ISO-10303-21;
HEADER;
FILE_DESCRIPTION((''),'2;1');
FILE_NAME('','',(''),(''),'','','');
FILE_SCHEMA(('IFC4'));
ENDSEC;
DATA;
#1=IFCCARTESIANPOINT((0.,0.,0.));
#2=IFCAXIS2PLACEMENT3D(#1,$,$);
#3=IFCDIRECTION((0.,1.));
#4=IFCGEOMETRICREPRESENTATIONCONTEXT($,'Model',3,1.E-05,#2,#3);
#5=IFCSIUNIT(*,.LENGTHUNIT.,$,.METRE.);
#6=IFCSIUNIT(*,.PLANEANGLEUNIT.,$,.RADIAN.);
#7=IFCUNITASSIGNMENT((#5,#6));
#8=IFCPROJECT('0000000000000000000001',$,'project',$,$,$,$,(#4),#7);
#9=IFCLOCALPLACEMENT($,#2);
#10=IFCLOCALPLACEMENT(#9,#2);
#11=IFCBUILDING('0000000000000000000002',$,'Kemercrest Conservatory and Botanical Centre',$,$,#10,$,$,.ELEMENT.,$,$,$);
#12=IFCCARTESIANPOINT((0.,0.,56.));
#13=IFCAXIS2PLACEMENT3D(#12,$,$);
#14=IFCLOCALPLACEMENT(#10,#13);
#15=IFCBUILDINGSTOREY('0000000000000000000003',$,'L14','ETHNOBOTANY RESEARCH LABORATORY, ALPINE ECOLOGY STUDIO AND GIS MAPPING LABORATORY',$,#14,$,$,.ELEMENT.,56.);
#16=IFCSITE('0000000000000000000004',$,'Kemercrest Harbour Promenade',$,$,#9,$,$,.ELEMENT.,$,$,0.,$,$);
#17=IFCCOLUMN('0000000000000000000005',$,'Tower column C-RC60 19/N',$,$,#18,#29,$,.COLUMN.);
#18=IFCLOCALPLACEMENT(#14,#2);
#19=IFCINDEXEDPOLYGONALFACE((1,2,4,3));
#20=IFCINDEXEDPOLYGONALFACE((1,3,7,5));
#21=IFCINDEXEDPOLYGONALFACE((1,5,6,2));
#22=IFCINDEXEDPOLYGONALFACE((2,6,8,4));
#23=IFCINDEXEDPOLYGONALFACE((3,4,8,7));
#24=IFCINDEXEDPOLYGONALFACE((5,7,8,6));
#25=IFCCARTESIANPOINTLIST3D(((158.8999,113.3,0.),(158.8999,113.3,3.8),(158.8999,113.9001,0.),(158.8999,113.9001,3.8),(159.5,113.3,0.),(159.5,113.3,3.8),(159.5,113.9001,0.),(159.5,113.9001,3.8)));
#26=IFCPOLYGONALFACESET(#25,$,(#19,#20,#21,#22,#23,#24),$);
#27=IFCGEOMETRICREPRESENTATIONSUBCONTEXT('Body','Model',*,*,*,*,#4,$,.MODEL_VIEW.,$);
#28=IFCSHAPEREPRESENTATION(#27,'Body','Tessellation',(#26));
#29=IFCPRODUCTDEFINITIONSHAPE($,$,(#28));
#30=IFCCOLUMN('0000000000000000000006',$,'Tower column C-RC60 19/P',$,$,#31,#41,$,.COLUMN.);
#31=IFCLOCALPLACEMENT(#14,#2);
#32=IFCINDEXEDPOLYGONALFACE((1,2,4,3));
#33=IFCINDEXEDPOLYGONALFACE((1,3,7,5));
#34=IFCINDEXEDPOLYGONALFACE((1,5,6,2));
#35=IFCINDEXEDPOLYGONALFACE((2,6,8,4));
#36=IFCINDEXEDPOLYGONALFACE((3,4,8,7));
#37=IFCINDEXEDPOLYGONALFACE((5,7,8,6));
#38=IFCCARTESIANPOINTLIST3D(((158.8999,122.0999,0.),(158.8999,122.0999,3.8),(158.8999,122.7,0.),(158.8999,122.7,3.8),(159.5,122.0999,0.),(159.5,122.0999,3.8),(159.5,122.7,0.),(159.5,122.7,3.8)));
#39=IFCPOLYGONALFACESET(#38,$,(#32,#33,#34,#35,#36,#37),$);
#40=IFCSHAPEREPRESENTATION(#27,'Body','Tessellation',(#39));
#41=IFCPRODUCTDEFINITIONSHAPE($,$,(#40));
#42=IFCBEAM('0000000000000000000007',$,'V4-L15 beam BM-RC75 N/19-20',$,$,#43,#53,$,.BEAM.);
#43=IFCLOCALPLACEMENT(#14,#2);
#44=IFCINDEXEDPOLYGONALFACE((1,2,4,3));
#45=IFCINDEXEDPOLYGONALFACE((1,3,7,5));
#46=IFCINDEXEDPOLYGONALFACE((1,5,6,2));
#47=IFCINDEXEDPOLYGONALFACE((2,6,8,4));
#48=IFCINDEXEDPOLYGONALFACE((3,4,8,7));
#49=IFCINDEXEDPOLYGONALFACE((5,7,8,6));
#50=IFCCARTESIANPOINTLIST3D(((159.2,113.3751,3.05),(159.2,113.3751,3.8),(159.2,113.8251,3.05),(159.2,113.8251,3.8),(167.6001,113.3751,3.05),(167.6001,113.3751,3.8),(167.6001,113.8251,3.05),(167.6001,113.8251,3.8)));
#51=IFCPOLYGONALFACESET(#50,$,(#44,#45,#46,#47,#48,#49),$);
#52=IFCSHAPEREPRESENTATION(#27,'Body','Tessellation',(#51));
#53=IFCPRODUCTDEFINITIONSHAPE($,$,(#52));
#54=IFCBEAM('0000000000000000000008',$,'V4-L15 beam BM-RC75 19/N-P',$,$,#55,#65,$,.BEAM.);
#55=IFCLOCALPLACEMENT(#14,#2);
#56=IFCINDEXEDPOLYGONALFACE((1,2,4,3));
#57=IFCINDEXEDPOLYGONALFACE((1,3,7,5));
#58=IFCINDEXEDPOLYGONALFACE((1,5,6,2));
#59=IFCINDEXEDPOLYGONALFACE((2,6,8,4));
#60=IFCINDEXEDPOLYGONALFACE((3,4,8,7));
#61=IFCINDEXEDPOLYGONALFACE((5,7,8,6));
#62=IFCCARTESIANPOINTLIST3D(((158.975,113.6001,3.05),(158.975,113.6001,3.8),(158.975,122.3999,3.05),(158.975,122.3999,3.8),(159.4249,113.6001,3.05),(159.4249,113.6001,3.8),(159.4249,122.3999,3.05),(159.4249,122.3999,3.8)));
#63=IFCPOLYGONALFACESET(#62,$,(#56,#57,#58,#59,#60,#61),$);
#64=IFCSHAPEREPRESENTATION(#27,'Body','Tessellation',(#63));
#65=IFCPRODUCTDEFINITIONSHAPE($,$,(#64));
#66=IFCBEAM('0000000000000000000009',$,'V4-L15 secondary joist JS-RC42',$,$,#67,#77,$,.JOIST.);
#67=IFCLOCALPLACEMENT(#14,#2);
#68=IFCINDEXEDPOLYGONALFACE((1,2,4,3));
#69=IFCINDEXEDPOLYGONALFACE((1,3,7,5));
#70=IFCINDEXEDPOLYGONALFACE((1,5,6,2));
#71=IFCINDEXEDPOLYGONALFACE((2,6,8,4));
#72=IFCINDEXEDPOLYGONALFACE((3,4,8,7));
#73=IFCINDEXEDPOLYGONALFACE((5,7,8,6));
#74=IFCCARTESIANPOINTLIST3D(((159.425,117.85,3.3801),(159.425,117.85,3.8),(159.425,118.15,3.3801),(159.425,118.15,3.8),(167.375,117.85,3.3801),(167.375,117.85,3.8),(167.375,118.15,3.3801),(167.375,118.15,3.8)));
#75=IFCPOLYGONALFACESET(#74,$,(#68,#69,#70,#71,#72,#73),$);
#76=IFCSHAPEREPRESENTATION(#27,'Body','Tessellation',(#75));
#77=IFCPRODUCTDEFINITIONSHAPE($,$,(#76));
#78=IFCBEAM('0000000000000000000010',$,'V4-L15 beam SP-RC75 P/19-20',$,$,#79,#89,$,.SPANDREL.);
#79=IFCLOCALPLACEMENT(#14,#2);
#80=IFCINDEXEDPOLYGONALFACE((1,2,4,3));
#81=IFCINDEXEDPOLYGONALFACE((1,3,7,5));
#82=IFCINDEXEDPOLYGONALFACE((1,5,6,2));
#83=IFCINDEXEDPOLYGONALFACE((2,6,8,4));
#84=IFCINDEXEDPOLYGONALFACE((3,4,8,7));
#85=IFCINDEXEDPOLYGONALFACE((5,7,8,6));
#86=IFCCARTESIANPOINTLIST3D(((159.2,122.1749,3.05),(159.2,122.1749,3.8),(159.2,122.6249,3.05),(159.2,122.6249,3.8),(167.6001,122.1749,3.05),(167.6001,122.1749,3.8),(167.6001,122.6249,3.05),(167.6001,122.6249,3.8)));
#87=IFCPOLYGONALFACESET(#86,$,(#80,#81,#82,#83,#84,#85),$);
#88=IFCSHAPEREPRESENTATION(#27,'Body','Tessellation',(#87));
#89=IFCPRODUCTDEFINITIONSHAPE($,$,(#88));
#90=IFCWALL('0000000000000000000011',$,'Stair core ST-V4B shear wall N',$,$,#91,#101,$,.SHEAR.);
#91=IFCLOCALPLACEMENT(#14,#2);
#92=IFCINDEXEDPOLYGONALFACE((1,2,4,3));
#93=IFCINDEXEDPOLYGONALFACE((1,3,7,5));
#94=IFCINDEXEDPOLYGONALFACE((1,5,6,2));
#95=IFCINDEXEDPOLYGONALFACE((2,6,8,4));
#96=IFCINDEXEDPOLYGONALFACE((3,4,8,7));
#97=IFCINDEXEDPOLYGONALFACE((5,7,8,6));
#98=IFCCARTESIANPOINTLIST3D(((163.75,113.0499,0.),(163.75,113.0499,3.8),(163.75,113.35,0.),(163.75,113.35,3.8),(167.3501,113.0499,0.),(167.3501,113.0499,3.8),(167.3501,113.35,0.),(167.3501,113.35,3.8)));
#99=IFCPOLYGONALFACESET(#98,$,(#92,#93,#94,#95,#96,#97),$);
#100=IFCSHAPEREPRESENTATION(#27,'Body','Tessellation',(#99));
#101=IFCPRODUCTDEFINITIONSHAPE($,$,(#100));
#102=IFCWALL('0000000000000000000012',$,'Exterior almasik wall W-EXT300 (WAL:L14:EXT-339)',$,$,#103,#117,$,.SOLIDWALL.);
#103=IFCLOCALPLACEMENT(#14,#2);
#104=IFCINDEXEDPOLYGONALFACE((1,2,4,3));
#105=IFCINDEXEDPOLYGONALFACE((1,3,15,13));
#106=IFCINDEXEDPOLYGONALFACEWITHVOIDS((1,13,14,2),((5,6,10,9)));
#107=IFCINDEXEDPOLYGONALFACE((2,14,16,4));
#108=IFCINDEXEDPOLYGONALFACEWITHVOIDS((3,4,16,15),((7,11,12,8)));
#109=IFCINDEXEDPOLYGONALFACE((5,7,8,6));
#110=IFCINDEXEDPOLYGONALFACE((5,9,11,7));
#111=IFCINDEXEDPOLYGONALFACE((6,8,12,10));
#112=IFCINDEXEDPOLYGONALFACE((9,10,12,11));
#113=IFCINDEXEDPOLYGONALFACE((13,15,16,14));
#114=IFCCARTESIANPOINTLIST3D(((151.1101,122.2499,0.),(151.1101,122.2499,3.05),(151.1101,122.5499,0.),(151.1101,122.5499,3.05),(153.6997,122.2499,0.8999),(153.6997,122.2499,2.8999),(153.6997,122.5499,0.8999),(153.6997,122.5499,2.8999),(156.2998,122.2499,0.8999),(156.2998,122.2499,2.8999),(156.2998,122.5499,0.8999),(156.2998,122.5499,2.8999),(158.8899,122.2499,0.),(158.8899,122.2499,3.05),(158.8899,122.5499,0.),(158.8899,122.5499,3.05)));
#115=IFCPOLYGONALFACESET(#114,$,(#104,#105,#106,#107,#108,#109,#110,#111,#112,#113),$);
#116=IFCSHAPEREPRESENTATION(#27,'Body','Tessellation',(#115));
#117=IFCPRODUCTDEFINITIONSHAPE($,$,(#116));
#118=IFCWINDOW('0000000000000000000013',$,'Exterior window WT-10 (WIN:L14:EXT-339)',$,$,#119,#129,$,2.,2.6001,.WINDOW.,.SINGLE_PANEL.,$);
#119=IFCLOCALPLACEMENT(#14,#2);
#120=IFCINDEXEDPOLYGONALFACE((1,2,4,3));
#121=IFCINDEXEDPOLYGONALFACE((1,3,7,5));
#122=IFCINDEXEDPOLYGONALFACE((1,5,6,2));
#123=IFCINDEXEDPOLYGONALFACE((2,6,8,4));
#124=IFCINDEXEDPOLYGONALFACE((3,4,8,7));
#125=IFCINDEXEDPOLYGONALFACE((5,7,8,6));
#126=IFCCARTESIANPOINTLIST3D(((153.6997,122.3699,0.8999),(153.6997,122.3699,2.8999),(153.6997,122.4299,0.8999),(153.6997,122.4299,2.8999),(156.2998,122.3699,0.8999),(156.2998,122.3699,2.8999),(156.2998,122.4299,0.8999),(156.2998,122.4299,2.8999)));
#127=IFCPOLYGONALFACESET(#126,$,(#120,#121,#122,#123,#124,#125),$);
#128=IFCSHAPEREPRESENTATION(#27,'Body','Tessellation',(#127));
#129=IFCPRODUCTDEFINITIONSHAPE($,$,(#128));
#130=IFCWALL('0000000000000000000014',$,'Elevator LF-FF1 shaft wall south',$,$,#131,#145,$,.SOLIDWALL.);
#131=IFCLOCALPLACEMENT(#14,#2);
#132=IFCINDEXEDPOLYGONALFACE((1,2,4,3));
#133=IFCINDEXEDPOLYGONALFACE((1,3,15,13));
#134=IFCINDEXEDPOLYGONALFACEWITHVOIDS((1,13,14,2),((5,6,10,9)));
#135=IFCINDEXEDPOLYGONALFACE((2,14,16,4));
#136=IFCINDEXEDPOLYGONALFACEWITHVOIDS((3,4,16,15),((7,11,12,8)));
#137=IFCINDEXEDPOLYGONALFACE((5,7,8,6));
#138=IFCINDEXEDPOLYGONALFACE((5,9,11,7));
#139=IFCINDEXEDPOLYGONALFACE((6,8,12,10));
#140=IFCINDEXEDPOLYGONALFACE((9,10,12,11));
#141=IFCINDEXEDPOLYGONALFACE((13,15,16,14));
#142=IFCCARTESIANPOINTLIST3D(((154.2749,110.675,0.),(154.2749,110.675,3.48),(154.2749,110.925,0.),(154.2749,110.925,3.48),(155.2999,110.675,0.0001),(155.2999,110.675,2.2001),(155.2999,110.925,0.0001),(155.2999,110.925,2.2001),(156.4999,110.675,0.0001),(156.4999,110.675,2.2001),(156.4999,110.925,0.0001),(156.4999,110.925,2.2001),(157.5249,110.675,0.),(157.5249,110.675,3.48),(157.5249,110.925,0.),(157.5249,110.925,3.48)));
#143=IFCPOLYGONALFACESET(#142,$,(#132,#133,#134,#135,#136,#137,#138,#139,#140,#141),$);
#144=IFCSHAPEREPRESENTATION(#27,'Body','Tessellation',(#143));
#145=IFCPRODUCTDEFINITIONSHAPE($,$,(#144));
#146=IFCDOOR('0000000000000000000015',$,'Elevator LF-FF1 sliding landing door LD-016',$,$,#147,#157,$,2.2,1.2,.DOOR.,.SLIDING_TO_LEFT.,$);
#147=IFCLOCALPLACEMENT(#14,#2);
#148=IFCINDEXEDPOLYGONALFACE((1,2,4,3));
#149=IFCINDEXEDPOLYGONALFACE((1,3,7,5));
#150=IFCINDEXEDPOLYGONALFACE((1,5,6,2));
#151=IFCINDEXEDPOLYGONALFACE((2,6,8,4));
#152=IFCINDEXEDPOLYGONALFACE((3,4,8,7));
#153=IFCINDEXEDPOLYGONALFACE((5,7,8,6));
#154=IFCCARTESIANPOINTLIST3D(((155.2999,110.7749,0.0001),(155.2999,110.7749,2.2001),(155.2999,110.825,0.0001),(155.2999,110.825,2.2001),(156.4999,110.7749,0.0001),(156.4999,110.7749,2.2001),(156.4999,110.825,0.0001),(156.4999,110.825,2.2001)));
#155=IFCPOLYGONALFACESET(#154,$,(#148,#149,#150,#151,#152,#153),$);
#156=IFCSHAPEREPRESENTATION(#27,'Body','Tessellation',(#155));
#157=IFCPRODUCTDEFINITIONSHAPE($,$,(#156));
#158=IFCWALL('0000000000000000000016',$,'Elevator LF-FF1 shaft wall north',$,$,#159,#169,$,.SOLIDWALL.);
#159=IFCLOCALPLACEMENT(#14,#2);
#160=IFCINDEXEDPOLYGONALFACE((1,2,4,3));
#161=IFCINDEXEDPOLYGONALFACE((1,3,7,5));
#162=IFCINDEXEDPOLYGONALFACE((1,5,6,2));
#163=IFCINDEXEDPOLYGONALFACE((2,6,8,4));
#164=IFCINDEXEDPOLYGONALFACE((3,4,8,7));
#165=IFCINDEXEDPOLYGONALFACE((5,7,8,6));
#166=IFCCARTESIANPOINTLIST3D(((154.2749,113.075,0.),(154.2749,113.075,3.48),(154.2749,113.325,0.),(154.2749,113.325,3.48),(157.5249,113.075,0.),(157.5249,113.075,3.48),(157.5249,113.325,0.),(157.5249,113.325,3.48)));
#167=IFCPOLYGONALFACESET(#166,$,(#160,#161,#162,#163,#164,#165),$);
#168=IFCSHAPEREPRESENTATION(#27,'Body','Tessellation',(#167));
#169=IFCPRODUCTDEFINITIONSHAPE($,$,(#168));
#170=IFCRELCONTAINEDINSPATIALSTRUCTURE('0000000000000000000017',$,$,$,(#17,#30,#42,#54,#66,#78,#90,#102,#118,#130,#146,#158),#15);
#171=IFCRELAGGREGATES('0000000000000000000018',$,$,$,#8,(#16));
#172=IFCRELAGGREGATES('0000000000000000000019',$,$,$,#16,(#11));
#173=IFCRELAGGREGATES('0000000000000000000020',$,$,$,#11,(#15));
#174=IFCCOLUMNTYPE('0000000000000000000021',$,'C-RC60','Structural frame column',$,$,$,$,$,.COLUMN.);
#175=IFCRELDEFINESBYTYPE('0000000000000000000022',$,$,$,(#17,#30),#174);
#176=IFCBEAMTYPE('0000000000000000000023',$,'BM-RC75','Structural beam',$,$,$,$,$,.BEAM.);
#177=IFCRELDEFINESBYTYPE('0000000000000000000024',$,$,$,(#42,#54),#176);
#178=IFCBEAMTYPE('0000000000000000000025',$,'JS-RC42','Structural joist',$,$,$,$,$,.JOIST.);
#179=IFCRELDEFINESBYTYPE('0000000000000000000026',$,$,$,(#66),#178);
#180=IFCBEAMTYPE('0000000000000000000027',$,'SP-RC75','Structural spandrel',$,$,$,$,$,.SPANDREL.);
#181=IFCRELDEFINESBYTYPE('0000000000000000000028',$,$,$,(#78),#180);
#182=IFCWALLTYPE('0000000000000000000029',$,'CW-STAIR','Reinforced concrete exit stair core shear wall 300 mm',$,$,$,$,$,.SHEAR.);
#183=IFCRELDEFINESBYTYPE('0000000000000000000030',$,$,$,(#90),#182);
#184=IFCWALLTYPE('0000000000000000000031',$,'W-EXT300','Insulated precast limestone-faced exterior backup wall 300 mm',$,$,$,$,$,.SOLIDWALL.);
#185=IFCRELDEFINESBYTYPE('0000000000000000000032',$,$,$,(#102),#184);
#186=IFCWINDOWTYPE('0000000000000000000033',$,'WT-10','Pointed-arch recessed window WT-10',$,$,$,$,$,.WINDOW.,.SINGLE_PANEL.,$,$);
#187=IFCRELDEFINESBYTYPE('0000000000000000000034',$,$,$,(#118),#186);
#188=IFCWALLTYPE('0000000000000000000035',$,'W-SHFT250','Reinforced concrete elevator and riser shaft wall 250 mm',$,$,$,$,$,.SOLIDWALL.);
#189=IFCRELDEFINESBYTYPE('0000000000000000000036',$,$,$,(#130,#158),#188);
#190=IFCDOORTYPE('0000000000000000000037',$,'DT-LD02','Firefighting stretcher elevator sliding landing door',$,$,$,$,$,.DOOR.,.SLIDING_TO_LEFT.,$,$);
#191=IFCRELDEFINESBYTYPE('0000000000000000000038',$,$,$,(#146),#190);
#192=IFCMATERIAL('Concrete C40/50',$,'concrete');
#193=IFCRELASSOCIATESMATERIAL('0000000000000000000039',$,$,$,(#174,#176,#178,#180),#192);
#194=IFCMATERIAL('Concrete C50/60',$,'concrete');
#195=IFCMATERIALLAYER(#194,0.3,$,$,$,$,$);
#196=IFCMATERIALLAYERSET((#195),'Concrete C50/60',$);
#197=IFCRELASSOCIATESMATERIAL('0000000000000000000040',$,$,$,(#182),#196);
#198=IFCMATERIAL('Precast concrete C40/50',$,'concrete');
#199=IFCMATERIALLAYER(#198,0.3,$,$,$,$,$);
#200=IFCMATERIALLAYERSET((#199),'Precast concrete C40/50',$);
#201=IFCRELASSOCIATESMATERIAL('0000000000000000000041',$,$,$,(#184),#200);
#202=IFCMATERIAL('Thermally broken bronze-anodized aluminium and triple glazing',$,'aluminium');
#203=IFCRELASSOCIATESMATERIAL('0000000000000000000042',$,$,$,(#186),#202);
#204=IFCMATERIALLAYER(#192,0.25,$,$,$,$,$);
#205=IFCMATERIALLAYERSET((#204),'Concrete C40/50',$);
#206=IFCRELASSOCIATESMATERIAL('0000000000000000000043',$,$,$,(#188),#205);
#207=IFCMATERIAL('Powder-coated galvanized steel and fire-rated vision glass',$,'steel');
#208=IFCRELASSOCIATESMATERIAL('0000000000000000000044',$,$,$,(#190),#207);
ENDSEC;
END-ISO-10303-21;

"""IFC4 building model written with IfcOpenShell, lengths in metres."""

from ifc_helpers import new_model, si_unit, direction, frame, frame_2d, origin, origin_2d, place, context, subcontext, project, spatial, rectangle, extrude, material, layer, layer_set, material_profile, profile_set, type_object, element, fill, save


model = new_model("IFC4")

# Units and contexts
model_context = context("Model", 3, precision=1e-05, world=origin(), true_north=direction((0.0, 1.0)))
body_context = subcontext(model_context, "Body", "Model", "MODEL_VIEW")
ifc_project = project(units=[si_unit("LENGTHUNIT", "METRE"), si_unit("PLANEANGLEUNIT", "RADIAN")], contexts=[model_context])

# Site, building, storey
site_placement = place(None, origin())
site = spatial("IfcSite", under=ifc_project, at=site_placement, Name="Kemercrest Harbour Promenade", CompositionType="ELEMENT", RefElevation=0.0)
building_placement = place(site_placement, origin())
building = spatial("IfcBuilding", under=site, at=building_placement, Name="Kemercrest Conservatory and Botanical Centre", CompositionType="ELEMENT")
storey_placement = place(building_placement, frame((0.0, 0.0, 56.0)))
storey = spatial("IfcBuildingStorey", under=building, at=storey_placement, Name="L14", Description="ETHNOBOTANY RESEARCH LABORATORY, ALPINE ECOLOGY STUDIO AND GIS MAPPING LABORATORY", CompositionType="ELEMENT", Elevation=56.0)

# Columns
ifc_material_1 = material(Name="Concrete C40/50", Category="concrete")
ifc_material_profile_1 = material_profile(ifc_material_1, rectangle(XDim=0.6001, YDim=0.6001, at=origin_2d()), Name="RC 600x600")
ifc_profile_set_1 = profile_set([ifc_material_profile_1], Name="Concrete C40/50")
column_type = type_object("IfcColumnType", Name="C-RC60", Description="Structural frame column", PredefinedType="COLUMN", material=ifc_profile_set_1)
for number, where, z_axis, x_axis, name in (
    (1, (159.2, 113.6001, 0.0), (0.0, 0.0, 1.0), (1.0, 0.0, 0.0), "Tower column C-RC60 19/N"),
    (2, (159.2, 122.3999, 0.0), (0.0, 0.0, 1.0), (1.0, 0.0, 0.0), "Tower column C-RC60 19/P"),
):
    element("IfcColumn", number, at=place(storey_placement, frame(where, z_axis=z_axis, x_axis=x_axis)), inside=storey, type_object=column_type, Name=name, PredefinedType="COLUMN", context=body_context, shape_type="SweptSolid", body=[
        extrude(rectangle(XDim=0.6001, YDim=0.6001, at=origin_2d()), origin(), (0.0, 0.0, 1.0), 3.8),
    ])

# Beams
ifc_material_profile_2 = material_profile(ifc_material_1, rectangle(XDim=0.45, YDim=0.75, at=origin_2d()), Name="RC 450x750")
ifc_profile_set_2 = profile_set([ifc_material_profile_2], Name="Concrete C40/50")
beam_type_1 = type_object("IfcBeamType", Name="BM-RC75", Description="Structural beam", PredefinedType="BEAM", material=ifc_profile_set_2)
beam_1_placement = place(storey_placement, frame((159.2, 113.6001, 3.425), z_axis=(1.0, 0.0, 0.0), x_axis=(0.0, 1.0, 0.0)))
element("IfcBeam", 3, at=beam_1_placement, inside=storey, type_object=beam_type_1, Name="V4-L15 beam BM-RC75 N/19-20", PredefinedType="BEAM", context=body_context, shape_type="SweptSolid", body=[
    extrude(rectangle(XDim=0.45, YDim=0.75, at=origin_2d()), origin(), (0.0, 0.0, 1.0), 8.4001),
])
beam_2_placement = place(storey_placement, frame((159.2, 113.6001, 3.425), z_axis=(0.0, 1.0, 0.0), x_axis=(-1.0, 0.0, 0.0)))
element("IfcBeam", 4, at=beam_2_placement, inside=storey, type_object=beam_type_1, Name="V4-L15 beam BM-RC75 19/N-P", PredefinedType="BEAM", context=body_context, shape_type="SweptSolid", body=[
    extrude(rectangle(XDim=0.45, YDim=0.75, at=origin_2d()), origin(), (0.0, 0.0, 1.0), 8.7998),
])
ifc_material_profile_3 = material_profile(ifc_material_1, rectangle(XDim=0.3, YDim=0.4199, at=origin_2d()), Name="RC 300x420")
ifc_profile_set_3 = profile_set([ifc_material_profile_3], Name="Concrete C40/50")
beam_type_2 = type_object("IfcBeamType", Name="JS-RC42", Description="Structural joist", PredefinedType="JOIST", material=ifc_profile_set_3)
beam_3_placement = place(storey_placement, frame((159.425, 118.0, 3.5901), z_axis=(1.0, 0.0, 0.0), x_axis=(0.0, 1.0, 0.0)))
element("IfcBeam", 5, at=beam_3_placement, inside=storey, type_object=beam_type_2, Name="V4-L15 secondary joist JS-RC42", PredefinedType="JOIST", context=body_context, shape_type="SweptSolid", body=[
    extrude(rectangle(XDim=0.3, YDim=0.4199, at=origin_2d()), origin(), (0.0, 0.0, 1.0), 7.95),
])
ifc_material_profile_4 = material_profile(ifc_material_1, rectangle(XDim=0.45, YDim=0.75, at=origin_2d()), Name="RC 450x750")
ifc_profile_set_4 = profile_set([ifc_material_profile_4], Name="Concrete C40/50")
beam_type_3 = type_object("IfcBeamType", Name="SP-RC75", Description="Structural spandrel", PredefinedType="SPANDREL", material=ifc_profile_set_4)
beam_4_placement = place(storey_placement, frame((159.2, 122.3999, 3.425), z_axis=(1.0, 0.0, 0.0), x_axis=(0.0, 1.0, 0.0)))
element("IfcBeam", 6, at=beam_4_placement, inside=storey, type_object=beam_type_3, Name="V4-L15 beam SP-RC75 P/19-20", PredefinedType="SPANDREL", context=body_context, shape_type="SweptSolid", body=[
    extrude(rectangle(XDim=0.45, YDim=0.75, at=origin_2d()), origin(), (0.0, 0.0, 1.0), 8.4001),
])

# Wall
ifc_material_2 = material(Name="Concrete C50/60", Category="concrete")
ifc_layer_1 = layer(ifc_material_2, 0.3)
ifc_layer_set_1 = layer_set([ifc_layer_1], Name="Concrete C50/60")
wall_type_1 = type_object("IfcWallType", Name="CW-STAIR", Description="Reinforced concrete exit stair core shear wall 300 mm", PredefinedType="SHEAR", material=ifc_layer_set_1)
wall_1_placement = place(storey_placement, frame((163.75, 113.2, 0.0), z_axis=(0.0, 0.0, 1.0), x_axis=(1.0, 0.0, 0.0)))
element("IfcWall", 7, at=wall_1_placement, inside=storey, type_object=wall_type_1, Name="Stair core ST-V4B shear wall N", PredefinedType="SHEAR", context=body_context, shape_type="SweptSolid", body=[
    extrude(rectangle(XDim=3.6001, YDim=0.3, at=frame_2d((1.8, 0.0))), origin(), (0.0, 0.0, 1.0), 3.8),
])

# Wall, opening, window
ifc_material_3 = material(Name="Precast concrete C40/50", Category="concrete")
ifc_layer_2 = layer(ifc_material_3, 0.3)
ifc_layer_set_2 = layer_set([ifc_layer_2], Name="Precast concrete C40/50")
wall_type_2 = type_object("IfcWallType", Name="W-EXT300", Description="Insulated precast limestone-faced exterior backup wall 300 mm", PredefinedType="SOLIDWALL", material=ifc_layer_set_2)
wall_2_placement = place(storey_placement, frame((158.8899, 122.3999, 0.0), z_axis=(0.0, 0.0, 1.0), x_axis=(-1.0, 0.0, 0.0)))
wall_2 = element("IfcWall", 8, at=wall_2_placement, inside=storey, type_object=wall_type_2, Name="Exterior almasik wall W-EXT300 (WAL:L14:EXT-339)", PredefinedType="SOLIDWALL", context=body_context, shape_type="SweptSolid", body=[
    extrude(rectangle(XDim=7.7798, YDim=0.3, at=frame_2d((3.8899, 0.0))), origin(), (0.0, 0.0, 1.0), 3.05),
])
opening_1_placement = place(wall_2_placement, frame((2.5901, 0.0, 0.8999)))
opening_1 = element("IfcOpeningElement", 9, at=opening_1_placement, cuts=wall_2, PredefinedType="OPENING", context=body_context, shape_type="SweptSolid", body=[
    extrude(rectangle(XDim=2.6001, YDim=2.0, at=frame_2d((1.3, 1.0))), frame((0.0, 0.1602, 0.0), z_axis=(0.0, -1.0, 0.0), x_axis=(1.0, 0.0, 0.0)), (0.0, 0.0, 1.0), 0.3201),
])
ifc_material_4 = material(Name="Thermally broken bronze-anodized aluminium and triple glazing", Category="aluminium")
window_type = type_object("IfcWindowType", Name="WT-10", Description="Pointed-arch recessed window WT-10", PartitioningType="SINGLE_PANEL", PredefinedType="WINDOW", material=ifc_material_4)
window_placement = place(opening_1_placement, origin())
window = element("IfcWindow", 10, at=window_placement, inside=storey, type_object=window_type, Name="Exterior window WT-10 (WIN:L14:EXT-339)", OverallHeight=2.0, OverallWidth=2.6001, PartitioningType="SINGLE_PANEL", PredefinedType="WINDOW", context=body_context, shape_type="SweptSolid", body=[
    extrude(rectangle(XDim=2.6001, YDim=2.0, at=frame_2d((1.3, 1.0))), frame((0.0, 0.03, 0.0), z_axis=(0.0, -1.0, 0.0), x_axis=(1.0, 0.0, 0.0)), (0.0, 0.0, 1.0), 0.0601),
])
fill(opening_1, window)

# Wall, opening, door
ifc_layer_3 = layer(ifc_material_1, 0.25)
ifc_layer_set_3 = layer_set([ifc_layer_3], Name="Concrete C40/50")
wall_type_3 = type_object("IfcWallType", Name="W-SHFT250", Description="Reinforced concrete elevator and riser shaft wall 250 mm", PredefinedType="SOLIDWALL", material=ifc_layer_set_3)
wall_3_placement = place(storey_placement, frame((154.2749, 110.8, 0.0), z_axis=(0.0, 0.0, 1.0), x_axis=(1.0, 0.0, 0.0)))
wall_3 = element("IfcWall", 11, at=wall_3_placement, inside=storey, type_object=wall_type_3, Name="Elevator LF-FF1 shaft wall south", PredefinedType="SOLIDWALL", context=body_context, shape_type="SweptSolid", body=[
    extrude(rectangle(XDim=3.25, YDim=0.25, at=frame_2d((1.625, 0.0))), origin(), (0.0, 0.0, 1.0), 3.48),
])
opening_2_placement = place(wall_3_placement, frame((1.0249, 0.0, 0.0)))
opening_2 = element("IfcOpeningElement", 12, at=opening_2_placement, cuts=wall_3, PredefinedType="OPENING", context=body_context, shape_type="SweptSolid", body=[
    extrude(rectangle(XDim=1.2, YDim=2.2, at=frame_2d((0.6001, 1.1001))), frame((0.0, 0.135, 0.0), z_axis=(0.0, -1.0, 0.0), x_axis=(1.0, 0.0, 0.0)), (0.0, 0.0, 1.0), 0.27),
])
ifc_material_5 = material(Name="Powder-coated galvanized steel and fire-rated vision glass", Category="steel")
door_type_1 = type_object("IfcDoorType", Name="DT-LD02", Description="Firefighting stretcher elevator sliding landing door", OperationType="SLIDING_TO_LEFT", PredefinedType="DOOR", material=ifc_material_5)
door_1_placement = place(opening_2_placement, origin())
door_1 = element("IfcDoor", 13, at=door_1_placement, inside=storey, type_object=door_type_1, Name="Elevator LF-FF1 sliding landing door LD-016", OperationType="SLIDING_TO_LEFT", OverallHeight=2.2, OverallWidth=1.2, PredefinedType="DOOR", context=body_context, shape_type="SweptSolid", body=[
    extrude(rectangle(XDim=1.2, YDim=2.2, at=frame_2d((0.6001, 1.1001))), frame((0.0, 0.0249, 0.0), z_axis=(0.0, -1.0, 0.0), x_axis=(1.0, 0.0, 0.0)), (0.0, 0.0, 1.0), 0.05),
])
fill(opening_2, door_1)

# Wall
wall_4_placement = place(storey_placement, frame((154.2749, 113.2, 0.0), z_axis=(0.0, 0.0, 1.0), x_axis=(1.0, 0.0, 0.0)))
element("IfcWall", 14, at=wall_4_placement, inside=storey, type_object=wall_type_3, Name="Elevator LF-FF1 shaft wall north", PredefinedType="SOLIDWALL", context=body_context, shape_type="SweptSolid", body=[
    extrude(rectangle(XDim=3.25, YDim=0.25, at=frame_2d((1.625, 0.0))), origin(), (0.0, 0.0, 1.0), 3.48),
])

save(model, "model.ifc")
